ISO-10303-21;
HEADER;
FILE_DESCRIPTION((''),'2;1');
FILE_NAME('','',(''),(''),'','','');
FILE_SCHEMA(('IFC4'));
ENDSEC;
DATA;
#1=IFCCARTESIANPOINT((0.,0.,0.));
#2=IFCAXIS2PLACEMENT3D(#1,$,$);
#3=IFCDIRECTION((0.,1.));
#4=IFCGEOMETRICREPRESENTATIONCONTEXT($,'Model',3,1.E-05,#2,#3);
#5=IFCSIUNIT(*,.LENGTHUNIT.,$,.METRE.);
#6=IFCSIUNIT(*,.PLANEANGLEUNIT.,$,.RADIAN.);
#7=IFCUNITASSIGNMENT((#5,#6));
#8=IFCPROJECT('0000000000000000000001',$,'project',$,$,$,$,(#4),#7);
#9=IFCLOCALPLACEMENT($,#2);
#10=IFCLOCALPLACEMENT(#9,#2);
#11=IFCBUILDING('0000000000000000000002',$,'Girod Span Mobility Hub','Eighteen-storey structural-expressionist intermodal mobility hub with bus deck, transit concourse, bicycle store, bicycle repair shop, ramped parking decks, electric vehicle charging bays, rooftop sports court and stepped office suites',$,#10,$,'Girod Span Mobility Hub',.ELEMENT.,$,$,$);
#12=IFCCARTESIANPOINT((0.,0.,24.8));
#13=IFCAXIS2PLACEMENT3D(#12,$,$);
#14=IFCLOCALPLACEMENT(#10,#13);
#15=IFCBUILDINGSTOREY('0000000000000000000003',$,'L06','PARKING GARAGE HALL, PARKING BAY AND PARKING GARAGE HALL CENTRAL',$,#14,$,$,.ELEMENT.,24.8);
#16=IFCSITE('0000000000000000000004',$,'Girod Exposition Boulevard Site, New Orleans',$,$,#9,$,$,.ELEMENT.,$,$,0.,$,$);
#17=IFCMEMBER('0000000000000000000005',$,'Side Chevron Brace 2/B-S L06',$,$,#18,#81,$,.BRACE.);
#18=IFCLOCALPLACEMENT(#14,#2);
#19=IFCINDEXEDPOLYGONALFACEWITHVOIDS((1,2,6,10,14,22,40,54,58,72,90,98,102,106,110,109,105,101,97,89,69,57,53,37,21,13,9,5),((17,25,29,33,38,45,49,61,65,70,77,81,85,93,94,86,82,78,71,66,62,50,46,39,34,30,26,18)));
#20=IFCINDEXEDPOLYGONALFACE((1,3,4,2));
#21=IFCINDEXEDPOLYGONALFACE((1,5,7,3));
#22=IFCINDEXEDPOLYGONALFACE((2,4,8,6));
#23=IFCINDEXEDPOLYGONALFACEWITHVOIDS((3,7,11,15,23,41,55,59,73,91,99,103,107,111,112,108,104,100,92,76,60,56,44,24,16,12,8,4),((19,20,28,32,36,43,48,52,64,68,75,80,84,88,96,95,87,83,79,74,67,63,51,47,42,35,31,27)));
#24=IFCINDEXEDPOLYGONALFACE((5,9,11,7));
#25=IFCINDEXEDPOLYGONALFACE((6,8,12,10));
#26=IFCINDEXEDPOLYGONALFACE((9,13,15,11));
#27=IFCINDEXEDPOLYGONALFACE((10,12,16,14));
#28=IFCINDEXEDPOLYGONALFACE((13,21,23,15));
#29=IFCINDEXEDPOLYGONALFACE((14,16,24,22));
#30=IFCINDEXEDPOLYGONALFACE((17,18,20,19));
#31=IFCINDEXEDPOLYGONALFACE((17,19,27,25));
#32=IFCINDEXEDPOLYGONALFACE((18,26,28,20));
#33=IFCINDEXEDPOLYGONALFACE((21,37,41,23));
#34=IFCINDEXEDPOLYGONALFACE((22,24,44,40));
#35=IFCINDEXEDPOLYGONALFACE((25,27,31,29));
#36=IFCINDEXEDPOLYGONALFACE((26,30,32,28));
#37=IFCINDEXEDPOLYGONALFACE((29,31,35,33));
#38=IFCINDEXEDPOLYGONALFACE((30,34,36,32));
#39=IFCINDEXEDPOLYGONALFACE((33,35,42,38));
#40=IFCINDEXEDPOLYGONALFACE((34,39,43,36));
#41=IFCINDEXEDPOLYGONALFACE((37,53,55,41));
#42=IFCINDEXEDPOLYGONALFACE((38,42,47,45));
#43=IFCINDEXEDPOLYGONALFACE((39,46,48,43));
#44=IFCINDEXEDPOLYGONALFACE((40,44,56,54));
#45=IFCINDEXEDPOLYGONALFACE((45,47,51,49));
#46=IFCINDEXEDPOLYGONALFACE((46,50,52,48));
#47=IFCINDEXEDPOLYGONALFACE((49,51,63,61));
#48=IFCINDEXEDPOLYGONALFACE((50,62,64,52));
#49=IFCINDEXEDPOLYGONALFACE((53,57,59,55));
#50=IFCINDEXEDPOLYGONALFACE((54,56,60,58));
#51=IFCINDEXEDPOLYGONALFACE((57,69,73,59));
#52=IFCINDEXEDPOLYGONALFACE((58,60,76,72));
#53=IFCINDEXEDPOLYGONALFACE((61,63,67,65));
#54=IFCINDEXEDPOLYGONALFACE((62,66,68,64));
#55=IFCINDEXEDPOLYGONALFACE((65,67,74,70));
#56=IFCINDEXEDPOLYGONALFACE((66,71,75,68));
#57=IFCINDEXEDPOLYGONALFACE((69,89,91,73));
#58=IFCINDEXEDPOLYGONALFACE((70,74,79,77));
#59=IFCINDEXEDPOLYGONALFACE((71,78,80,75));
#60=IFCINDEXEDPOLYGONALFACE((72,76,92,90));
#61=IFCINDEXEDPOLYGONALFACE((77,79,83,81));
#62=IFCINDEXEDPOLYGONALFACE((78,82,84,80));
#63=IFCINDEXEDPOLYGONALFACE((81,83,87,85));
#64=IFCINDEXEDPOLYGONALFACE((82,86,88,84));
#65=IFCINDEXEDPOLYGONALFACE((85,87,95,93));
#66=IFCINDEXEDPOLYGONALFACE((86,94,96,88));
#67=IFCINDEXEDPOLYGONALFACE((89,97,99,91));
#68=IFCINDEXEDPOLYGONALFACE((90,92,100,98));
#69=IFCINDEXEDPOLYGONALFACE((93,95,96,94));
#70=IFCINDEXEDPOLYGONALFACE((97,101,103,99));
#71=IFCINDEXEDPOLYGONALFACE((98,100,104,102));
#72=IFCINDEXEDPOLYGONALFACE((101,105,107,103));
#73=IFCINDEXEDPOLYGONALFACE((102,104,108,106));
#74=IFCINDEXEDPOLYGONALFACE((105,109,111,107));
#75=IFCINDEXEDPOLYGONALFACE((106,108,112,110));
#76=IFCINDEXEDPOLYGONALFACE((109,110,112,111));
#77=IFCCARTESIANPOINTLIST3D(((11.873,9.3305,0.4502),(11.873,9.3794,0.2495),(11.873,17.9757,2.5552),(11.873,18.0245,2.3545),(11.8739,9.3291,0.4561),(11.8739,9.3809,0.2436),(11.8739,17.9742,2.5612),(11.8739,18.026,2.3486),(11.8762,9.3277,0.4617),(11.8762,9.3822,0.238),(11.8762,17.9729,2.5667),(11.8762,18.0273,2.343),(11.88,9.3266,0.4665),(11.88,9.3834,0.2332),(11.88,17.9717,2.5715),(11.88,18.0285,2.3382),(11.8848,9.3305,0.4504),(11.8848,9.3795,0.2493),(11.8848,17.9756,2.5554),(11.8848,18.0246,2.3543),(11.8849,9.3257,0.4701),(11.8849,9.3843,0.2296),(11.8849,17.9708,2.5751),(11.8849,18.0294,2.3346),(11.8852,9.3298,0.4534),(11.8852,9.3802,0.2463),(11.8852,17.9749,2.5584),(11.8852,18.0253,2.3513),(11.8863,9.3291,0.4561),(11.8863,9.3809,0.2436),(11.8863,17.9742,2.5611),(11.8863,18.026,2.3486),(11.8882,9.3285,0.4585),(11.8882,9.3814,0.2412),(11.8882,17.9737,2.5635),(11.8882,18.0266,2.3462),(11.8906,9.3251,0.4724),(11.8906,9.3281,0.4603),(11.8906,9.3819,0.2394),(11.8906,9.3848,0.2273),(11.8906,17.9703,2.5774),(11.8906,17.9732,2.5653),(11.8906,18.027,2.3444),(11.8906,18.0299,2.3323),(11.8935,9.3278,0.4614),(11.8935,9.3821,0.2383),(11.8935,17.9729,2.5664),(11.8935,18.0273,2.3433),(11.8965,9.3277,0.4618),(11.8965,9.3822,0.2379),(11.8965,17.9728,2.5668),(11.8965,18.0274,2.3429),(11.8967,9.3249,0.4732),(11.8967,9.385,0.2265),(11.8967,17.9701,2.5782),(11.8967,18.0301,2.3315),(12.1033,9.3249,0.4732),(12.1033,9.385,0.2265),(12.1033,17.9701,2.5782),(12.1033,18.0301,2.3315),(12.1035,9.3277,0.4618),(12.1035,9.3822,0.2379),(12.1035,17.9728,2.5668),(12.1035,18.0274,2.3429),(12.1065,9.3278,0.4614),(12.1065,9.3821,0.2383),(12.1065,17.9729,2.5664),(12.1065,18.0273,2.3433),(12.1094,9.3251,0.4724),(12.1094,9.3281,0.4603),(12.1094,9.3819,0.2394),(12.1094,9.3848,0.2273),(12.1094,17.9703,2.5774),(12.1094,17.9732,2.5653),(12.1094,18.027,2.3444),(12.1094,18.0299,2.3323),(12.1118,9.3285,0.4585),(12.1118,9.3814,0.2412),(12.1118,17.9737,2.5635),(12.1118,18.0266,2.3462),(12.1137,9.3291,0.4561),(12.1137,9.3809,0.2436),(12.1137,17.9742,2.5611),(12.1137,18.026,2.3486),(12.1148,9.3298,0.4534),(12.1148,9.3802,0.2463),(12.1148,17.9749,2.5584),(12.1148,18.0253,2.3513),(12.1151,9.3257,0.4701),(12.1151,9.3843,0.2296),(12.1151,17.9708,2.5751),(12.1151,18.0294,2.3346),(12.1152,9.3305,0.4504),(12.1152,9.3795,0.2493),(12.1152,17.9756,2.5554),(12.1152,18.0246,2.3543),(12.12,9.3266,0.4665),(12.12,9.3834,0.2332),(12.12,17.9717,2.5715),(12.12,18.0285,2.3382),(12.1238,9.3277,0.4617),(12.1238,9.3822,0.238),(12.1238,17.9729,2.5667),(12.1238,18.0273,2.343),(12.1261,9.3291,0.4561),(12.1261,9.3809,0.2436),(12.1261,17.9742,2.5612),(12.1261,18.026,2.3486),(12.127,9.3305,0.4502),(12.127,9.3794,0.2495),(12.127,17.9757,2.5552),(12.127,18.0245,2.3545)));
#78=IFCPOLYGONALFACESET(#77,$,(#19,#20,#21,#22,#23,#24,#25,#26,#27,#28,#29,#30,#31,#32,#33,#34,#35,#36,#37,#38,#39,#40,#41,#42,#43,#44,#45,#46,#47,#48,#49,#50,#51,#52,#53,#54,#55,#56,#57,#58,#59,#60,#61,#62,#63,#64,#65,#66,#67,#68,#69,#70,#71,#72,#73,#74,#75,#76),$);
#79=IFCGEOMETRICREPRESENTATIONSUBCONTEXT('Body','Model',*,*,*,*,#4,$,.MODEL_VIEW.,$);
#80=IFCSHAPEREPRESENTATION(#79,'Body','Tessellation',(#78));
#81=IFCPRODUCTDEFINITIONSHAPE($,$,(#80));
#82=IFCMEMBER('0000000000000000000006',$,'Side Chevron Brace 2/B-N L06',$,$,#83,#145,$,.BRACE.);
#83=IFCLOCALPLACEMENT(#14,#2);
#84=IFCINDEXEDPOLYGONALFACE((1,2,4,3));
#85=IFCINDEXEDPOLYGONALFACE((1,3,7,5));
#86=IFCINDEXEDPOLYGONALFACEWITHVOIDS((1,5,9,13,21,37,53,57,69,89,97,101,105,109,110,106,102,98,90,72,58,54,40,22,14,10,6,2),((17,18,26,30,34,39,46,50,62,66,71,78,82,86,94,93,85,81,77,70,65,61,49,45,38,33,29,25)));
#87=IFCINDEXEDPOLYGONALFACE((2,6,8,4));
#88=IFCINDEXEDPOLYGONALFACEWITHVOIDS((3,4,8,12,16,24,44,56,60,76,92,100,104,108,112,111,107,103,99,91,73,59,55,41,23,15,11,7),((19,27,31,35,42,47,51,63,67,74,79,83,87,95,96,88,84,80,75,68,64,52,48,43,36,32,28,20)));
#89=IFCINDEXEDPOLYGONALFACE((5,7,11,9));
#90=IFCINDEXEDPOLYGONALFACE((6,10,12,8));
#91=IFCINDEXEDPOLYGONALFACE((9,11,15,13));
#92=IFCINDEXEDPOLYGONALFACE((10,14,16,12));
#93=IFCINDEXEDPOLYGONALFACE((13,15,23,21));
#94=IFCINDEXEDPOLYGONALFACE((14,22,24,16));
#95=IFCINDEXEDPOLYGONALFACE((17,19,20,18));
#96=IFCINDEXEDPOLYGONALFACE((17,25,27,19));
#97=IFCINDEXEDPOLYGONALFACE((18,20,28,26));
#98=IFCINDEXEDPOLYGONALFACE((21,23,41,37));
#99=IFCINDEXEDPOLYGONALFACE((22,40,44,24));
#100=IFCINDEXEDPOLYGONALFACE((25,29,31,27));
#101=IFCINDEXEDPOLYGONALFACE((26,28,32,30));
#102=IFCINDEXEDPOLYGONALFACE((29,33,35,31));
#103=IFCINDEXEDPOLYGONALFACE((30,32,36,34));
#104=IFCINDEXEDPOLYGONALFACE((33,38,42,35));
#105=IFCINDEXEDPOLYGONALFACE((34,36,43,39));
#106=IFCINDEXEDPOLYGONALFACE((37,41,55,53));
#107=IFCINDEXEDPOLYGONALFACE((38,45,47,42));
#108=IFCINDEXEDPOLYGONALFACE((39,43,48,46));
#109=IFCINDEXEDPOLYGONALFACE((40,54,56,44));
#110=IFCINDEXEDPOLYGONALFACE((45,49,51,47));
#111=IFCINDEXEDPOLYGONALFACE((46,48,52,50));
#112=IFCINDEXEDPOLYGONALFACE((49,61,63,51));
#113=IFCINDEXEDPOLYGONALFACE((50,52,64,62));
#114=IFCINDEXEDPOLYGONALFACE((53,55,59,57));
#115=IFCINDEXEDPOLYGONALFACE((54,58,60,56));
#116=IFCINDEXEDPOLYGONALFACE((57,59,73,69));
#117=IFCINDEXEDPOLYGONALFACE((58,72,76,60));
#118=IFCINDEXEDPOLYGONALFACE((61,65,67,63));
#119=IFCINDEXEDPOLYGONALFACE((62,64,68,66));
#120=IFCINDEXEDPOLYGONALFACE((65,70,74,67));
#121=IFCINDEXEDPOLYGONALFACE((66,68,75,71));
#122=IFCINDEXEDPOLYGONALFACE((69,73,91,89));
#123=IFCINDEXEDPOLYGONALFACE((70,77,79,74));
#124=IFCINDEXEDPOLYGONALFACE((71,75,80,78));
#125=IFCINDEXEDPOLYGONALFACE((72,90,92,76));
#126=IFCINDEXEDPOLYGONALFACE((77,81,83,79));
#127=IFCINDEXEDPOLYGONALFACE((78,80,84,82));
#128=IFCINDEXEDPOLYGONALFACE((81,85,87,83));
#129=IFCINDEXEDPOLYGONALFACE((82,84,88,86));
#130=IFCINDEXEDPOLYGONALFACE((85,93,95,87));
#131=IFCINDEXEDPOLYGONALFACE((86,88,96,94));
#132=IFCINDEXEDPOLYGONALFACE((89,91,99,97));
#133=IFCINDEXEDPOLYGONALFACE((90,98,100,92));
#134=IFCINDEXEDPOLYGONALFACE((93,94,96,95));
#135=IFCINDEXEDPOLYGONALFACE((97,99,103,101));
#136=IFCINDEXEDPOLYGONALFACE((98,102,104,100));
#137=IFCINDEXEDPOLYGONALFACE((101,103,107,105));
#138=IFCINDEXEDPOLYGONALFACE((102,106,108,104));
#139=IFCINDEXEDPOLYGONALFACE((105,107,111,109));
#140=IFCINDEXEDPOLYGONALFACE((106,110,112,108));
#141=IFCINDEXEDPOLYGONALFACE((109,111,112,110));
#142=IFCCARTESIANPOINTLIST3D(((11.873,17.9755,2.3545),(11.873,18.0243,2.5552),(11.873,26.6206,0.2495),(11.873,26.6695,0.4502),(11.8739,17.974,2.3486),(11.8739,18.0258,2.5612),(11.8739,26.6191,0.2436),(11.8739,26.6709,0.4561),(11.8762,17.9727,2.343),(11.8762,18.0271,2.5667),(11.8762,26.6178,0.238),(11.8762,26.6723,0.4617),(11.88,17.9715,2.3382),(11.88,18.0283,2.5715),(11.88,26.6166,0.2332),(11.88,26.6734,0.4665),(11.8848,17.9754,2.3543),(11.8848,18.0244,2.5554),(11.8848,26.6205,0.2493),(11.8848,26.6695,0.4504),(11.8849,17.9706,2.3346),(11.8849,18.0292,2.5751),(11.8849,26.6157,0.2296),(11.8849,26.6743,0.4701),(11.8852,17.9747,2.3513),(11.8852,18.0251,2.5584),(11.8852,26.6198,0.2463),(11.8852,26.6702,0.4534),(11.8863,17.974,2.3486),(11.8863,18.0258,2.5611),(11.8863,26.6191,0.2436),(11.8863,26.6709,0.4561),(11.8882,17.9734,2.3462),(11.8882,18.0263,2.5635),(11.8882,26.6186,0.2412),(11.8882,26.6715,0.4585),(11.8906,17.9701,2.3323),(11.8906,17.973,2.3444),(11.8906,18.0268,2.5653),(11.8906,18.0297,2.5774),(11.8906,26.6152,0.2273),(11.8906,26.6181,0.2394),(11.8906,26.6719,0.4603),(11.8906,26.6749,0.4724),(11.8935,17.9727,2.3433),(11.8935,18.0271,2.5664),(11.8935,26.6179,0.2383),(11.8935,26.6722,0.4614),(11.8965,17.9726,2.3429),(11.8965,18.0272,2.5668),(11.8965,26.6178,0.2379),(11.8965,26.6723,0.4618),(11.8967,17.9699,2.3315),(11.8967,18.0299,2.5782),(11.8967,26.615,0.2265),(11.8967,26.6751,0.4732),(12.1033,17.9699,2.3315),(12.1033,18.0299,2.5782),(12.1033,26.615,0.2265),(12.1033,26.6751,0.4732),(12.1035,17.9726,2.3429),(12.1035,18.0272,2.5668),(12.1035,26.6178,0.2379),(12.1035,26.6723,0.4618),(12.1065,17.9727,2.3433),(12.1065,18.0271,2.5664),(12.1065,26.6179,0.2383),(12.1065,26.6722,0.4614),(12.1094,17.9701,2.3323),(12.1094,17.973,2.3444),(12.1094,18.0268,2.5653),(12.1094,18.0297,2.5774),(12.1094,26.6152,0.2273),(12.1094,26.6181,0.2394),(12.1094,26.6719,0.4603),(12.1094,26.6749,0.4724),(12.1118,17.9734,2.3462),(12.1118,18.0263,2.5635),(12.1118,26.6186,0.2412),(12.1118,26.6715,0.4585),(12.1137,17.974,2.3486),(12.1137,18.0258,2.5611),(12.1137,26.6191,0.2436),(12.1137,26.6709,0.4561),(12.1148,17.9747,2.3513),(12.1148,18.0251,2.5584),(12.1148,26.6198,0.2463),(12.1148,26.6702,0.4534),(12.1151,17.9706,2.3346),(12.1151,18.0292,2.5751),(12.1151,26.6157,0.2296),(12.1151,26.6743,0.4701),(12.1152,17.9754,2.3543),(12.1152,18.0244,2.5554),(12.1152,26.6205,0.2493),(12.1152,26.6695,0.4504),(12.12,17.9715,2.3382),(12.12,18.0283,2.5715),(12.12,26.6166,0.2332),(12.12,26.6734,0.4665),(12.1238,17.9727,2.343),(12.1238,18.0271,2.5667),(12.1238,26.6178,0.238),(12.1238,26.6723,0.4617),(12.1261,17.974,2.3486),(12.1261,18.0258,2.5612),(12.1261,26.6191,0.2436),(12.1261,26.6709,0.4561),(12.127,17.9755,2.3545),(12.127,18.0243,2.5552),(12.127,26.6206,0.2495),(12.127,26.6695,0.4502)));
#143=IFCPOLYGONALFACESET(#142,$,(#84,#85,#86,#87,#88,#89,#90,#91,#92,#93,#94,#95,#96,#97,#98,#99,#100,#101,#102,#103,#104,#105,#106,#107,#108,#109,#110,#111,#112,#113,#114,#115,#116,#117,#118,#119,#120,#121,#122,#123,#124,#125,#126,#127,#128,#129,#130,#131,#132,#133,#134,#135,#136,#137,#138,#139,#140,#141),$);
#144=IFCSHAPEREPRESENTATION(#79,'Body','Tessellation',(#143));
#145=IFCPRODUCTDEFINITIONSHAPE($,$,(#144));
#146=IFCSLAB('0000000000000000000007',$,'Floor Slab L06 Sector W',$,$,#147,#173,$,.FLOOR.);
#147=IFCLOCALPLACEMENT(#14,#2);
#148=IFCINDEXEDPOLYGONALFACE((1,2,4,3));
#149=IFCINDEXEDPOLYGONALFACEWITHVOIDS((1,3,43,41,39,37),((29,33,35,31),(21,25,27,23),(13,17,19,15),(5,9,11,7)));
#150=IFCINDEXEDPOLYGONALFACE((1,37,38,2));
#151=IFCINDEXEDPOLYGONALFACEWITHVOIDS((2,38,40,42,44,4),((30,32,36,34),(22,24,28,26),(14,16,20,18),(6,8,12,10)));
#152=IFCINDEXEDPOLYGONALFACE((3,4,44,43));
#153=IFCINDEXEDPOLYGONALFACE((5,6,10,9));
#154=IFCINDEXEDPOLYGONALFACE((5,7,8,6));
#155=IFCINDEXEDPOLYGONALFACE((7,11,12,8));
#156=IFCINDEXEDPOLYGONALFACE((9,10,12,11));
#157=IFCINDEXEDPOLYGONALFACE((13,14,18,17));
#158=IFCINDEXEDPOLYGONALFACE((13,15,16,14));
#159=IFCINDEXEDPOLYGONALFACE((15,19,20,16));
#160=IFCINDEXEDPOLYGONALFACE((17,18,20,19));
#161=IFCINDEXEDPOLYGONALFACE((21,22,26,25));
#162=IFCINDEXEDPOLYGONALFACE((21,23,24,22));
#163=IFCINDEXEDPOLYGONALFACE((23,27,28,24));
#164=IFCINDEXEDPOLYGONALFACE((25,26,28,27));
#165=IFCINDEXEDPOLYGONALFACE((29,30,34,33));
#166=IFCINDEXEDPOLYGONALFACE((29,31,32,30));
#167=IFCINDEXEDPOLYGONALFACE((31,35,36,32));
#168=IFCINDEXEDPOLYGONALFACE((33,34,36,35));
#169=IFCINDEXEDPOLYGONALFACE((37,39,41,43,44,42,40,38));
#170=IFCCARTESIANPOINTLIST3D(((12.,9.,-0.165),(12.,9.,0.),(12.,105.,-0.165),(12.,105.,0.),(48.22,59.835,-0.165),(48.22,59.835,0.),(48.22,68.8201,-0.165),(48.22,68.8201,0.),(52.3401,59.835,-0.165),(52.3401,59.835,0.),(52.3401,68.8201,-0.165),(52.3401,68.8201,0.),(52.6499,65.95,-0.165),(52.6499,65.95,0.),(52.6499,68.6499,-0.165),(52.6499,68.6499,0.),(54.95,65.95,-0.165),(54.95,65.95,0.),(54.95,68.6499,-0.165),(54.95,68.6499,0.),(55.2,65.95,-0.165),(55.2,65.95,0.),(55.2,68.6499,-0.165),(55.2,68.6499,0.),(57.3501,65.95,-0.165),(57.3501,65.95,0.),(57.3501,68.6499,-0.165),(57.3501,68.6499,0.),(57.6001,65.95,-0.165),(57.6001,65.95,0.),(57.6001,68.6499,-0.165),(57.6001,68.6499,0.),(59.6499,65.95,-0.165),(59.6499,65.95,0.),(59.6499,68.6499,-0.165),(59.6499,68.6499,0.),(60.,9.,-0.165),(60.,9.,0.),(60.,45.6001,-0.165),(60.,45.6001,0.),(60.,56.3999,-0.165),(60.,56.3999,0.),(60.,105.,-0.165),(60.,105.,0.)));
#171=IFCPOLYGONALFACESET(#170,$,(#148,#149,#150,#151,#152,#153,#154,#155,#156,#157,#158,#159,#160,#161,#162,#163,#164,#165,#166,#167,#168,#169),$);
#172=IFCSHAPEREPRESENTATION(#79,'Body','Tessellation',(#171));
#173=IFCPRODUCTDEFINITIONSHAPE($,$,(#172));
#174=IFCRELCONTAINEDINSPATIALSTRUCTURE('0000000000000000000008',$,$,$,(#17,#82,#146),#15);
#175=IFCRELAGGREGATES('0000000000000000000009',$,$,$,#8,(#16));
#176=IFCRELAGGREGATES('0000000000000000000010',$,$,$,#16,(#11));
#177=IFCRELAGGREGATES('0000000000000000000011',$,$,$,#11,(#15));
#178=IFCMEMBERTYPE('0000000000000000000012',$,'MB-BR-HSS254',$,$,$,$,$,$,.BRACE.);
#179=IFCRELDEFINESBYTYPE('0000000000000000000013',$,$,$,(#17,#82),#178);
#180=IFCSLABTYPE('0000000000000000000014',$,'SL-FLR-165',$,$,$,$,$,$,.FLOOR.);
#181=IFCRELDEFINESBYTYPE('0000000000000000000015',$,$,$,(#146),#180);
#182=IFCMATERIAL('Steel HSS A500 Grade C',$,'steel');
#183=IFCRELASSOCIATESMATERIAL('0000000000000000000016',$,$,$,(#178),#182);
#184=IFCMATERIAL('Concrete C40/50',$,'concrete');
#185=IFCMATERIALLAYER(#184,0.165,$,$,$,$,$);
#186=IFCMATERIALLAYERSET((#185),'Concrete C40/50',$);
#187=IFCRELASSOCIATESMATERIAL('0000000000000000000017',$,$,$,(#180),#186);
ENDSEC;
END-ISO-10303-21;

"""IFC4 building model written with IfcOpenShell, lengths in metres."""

from ifc_helpers import new_model, si_unit, direction, frame, origin, origin_2d, place, context, subcontext, project, spatial, polyline, hollow_rectangle, outline, extrude, material, layer, layer_set, material_profile, profile_set, type_object, element, save


model = new_model("IFC4")

# Units and contexts
model_context = context("Model", 3, precision=1e-05, world=origin(), true_north=direction((0.0, 1.0)))
body_context = subcontext(model_context, "Body", "Model", "MODEL_VIEW")
ifc_project = project(units=[si_unit("LENGTHUNIT", "METRE"), si_unit("PLANEANGLEUNIT", "RADIAN")], contexts=[model_context])

# Site, building, storey
site_placement = place(None, origin())
site = spatial("IfcSite", under=ifc_project, at=site_placement, Name="Girod Exposition Boulevard Site, New Orleans", CompositionType="ELEMENT", RefElevation=0.0)
building_placement = place(site_placement, origin())
building = spatial("IfcBuilding", under=site, at=building_placement, Name="Girod Span Mobility Hub", Description="Eighteen-storey structural-expressionist intermodal mobility hub with bus deck, transit concourse, bicycle store, bicycle repair shop, ramped parking decks, electric vehicle charging bays, rooftop sports court and stepped office suites", LongName="Girod Span Mobility Hub", CompositionType="ELEMENT")
storey_placement = place(building_placement, frame((0.0, 0.0, 24.8)))
storey = spatial("IfcBuildingStorey", under=building, at=storey_placement, Name="L06", Description="PARKING GARAGE HALL, PARKING BAY AND PARKING GARAGE HALL CENTRAL", CompositionType="ELEMENT", Elevation=24.8)

# Members
ifc_material_1 = material(Name="Steel HSS A500 Grade C", Category="steel")
ifc_material_profile_1 = material_profile(ifc_material_1, hollow_rectangle(XDim=0.2539, YDim=0.2539, WallThickness=0.0117, InnerFilletRadius=0.0117, OuterFilletRadius=0.0237, at=origin_2d()), Name="HSS254X254X12.7")
ifc_profile_set_1 = profile_set([ifc_material_profile_1], Name="Steel HSS A500 Grade C")
member_type = type_object("IfcMemberType", Name="MB-BR-HSS254", PredefinedType="BRACE", material=ifc_profile_set_1)
for number, where, z_axis, x_axis, name in (
    (1, (12.0, 9.355, 0.3499), (0.0, 0.971612, 0.236578), (-1.0, 0.0, 0.0), "Side Chevron Brace 2/B-S L06"),
    (2, (12.0, 26.645, 0.3499), (0.0, -0.971612, 0.236578), (1.0, 0.0, 0.0), "Side Chevron Brace 2/B-N L06"),
):
    element("IfcMember", number, at=place(storey_placement, frame(where, z_axis=z_axis, x_axis=x_axis)), inside=storey, type_object=member_type, Name=name, PredefinedType="BRACE", context=body_context, shape_type="SweptSolid", body=[
        extrude(hollow_rectangle(XDim=0.2539, YDim=0.2539, WallThickness=0.0117, InnerFilletRadius=0.0117, OuterFilletRadius=0.0237, at=origin_2d()), origin(), (0.0, 0.0, 1.0), 8.8977),
    ])

# Slab
ifc_material_2 = material(Name="Concrete C40/50", Category="concrete")
ifc_layer_1 = layer(ifc_material_2, 0.165)
ifc_layer_set_1 = layer_set([ifc_layer_1], Name="Concrete C40/50")
slab_type_1 = type_object("IfcSlabType", Name="SL-FLR-165", PredefinedType="FLOOR", material=ifc_layer_set_1)
slab_1_placement = place(storey_placement, frame((0.0, 0.0, -0.165)))
element("IfcSlab", 3, at=slab_1_placement, inside=storey, type_object=slab_type_1, Name="Floor Slab L06 Sector W", PredefinedType="FLOOR", context=body_context, shape_type="SweptSolid", body=[
    extrude(outline(polyline([(12.0, 105.0), (60.0, 105.0), (60.0, 56.3999), (60.0, 45.6001), (60.0, 9.0), (12.0, 9.0), (12.0, 105.0)]), holes=[polyline([(48.22, 68.8201), (48.22, 59.835), (52.3401, 59.835), (52.3401, 68.8201), (48.22, 68.8201)]), polyline([(52.6499, 68.6499), (52.6499, 65.95), (54.95, 65.95), (54.95, 68.6499), (52.6499, 68.6499)]), polyline([(55.2, 68.6499), (55.2, 65.95), (57.3501, 65.95), (57.3501, 68.6499), (55.2, 68.6499)]), polyline([(57.6001, 68.6499), (57.6001, 65.95), (59.6499, 65.95), (59.6499, 68.6499), (57.6001, 68.6499)])]), origin(), (0.0, 0.0, 1.0), 0.165),
])

save(model, "model.ifc")
